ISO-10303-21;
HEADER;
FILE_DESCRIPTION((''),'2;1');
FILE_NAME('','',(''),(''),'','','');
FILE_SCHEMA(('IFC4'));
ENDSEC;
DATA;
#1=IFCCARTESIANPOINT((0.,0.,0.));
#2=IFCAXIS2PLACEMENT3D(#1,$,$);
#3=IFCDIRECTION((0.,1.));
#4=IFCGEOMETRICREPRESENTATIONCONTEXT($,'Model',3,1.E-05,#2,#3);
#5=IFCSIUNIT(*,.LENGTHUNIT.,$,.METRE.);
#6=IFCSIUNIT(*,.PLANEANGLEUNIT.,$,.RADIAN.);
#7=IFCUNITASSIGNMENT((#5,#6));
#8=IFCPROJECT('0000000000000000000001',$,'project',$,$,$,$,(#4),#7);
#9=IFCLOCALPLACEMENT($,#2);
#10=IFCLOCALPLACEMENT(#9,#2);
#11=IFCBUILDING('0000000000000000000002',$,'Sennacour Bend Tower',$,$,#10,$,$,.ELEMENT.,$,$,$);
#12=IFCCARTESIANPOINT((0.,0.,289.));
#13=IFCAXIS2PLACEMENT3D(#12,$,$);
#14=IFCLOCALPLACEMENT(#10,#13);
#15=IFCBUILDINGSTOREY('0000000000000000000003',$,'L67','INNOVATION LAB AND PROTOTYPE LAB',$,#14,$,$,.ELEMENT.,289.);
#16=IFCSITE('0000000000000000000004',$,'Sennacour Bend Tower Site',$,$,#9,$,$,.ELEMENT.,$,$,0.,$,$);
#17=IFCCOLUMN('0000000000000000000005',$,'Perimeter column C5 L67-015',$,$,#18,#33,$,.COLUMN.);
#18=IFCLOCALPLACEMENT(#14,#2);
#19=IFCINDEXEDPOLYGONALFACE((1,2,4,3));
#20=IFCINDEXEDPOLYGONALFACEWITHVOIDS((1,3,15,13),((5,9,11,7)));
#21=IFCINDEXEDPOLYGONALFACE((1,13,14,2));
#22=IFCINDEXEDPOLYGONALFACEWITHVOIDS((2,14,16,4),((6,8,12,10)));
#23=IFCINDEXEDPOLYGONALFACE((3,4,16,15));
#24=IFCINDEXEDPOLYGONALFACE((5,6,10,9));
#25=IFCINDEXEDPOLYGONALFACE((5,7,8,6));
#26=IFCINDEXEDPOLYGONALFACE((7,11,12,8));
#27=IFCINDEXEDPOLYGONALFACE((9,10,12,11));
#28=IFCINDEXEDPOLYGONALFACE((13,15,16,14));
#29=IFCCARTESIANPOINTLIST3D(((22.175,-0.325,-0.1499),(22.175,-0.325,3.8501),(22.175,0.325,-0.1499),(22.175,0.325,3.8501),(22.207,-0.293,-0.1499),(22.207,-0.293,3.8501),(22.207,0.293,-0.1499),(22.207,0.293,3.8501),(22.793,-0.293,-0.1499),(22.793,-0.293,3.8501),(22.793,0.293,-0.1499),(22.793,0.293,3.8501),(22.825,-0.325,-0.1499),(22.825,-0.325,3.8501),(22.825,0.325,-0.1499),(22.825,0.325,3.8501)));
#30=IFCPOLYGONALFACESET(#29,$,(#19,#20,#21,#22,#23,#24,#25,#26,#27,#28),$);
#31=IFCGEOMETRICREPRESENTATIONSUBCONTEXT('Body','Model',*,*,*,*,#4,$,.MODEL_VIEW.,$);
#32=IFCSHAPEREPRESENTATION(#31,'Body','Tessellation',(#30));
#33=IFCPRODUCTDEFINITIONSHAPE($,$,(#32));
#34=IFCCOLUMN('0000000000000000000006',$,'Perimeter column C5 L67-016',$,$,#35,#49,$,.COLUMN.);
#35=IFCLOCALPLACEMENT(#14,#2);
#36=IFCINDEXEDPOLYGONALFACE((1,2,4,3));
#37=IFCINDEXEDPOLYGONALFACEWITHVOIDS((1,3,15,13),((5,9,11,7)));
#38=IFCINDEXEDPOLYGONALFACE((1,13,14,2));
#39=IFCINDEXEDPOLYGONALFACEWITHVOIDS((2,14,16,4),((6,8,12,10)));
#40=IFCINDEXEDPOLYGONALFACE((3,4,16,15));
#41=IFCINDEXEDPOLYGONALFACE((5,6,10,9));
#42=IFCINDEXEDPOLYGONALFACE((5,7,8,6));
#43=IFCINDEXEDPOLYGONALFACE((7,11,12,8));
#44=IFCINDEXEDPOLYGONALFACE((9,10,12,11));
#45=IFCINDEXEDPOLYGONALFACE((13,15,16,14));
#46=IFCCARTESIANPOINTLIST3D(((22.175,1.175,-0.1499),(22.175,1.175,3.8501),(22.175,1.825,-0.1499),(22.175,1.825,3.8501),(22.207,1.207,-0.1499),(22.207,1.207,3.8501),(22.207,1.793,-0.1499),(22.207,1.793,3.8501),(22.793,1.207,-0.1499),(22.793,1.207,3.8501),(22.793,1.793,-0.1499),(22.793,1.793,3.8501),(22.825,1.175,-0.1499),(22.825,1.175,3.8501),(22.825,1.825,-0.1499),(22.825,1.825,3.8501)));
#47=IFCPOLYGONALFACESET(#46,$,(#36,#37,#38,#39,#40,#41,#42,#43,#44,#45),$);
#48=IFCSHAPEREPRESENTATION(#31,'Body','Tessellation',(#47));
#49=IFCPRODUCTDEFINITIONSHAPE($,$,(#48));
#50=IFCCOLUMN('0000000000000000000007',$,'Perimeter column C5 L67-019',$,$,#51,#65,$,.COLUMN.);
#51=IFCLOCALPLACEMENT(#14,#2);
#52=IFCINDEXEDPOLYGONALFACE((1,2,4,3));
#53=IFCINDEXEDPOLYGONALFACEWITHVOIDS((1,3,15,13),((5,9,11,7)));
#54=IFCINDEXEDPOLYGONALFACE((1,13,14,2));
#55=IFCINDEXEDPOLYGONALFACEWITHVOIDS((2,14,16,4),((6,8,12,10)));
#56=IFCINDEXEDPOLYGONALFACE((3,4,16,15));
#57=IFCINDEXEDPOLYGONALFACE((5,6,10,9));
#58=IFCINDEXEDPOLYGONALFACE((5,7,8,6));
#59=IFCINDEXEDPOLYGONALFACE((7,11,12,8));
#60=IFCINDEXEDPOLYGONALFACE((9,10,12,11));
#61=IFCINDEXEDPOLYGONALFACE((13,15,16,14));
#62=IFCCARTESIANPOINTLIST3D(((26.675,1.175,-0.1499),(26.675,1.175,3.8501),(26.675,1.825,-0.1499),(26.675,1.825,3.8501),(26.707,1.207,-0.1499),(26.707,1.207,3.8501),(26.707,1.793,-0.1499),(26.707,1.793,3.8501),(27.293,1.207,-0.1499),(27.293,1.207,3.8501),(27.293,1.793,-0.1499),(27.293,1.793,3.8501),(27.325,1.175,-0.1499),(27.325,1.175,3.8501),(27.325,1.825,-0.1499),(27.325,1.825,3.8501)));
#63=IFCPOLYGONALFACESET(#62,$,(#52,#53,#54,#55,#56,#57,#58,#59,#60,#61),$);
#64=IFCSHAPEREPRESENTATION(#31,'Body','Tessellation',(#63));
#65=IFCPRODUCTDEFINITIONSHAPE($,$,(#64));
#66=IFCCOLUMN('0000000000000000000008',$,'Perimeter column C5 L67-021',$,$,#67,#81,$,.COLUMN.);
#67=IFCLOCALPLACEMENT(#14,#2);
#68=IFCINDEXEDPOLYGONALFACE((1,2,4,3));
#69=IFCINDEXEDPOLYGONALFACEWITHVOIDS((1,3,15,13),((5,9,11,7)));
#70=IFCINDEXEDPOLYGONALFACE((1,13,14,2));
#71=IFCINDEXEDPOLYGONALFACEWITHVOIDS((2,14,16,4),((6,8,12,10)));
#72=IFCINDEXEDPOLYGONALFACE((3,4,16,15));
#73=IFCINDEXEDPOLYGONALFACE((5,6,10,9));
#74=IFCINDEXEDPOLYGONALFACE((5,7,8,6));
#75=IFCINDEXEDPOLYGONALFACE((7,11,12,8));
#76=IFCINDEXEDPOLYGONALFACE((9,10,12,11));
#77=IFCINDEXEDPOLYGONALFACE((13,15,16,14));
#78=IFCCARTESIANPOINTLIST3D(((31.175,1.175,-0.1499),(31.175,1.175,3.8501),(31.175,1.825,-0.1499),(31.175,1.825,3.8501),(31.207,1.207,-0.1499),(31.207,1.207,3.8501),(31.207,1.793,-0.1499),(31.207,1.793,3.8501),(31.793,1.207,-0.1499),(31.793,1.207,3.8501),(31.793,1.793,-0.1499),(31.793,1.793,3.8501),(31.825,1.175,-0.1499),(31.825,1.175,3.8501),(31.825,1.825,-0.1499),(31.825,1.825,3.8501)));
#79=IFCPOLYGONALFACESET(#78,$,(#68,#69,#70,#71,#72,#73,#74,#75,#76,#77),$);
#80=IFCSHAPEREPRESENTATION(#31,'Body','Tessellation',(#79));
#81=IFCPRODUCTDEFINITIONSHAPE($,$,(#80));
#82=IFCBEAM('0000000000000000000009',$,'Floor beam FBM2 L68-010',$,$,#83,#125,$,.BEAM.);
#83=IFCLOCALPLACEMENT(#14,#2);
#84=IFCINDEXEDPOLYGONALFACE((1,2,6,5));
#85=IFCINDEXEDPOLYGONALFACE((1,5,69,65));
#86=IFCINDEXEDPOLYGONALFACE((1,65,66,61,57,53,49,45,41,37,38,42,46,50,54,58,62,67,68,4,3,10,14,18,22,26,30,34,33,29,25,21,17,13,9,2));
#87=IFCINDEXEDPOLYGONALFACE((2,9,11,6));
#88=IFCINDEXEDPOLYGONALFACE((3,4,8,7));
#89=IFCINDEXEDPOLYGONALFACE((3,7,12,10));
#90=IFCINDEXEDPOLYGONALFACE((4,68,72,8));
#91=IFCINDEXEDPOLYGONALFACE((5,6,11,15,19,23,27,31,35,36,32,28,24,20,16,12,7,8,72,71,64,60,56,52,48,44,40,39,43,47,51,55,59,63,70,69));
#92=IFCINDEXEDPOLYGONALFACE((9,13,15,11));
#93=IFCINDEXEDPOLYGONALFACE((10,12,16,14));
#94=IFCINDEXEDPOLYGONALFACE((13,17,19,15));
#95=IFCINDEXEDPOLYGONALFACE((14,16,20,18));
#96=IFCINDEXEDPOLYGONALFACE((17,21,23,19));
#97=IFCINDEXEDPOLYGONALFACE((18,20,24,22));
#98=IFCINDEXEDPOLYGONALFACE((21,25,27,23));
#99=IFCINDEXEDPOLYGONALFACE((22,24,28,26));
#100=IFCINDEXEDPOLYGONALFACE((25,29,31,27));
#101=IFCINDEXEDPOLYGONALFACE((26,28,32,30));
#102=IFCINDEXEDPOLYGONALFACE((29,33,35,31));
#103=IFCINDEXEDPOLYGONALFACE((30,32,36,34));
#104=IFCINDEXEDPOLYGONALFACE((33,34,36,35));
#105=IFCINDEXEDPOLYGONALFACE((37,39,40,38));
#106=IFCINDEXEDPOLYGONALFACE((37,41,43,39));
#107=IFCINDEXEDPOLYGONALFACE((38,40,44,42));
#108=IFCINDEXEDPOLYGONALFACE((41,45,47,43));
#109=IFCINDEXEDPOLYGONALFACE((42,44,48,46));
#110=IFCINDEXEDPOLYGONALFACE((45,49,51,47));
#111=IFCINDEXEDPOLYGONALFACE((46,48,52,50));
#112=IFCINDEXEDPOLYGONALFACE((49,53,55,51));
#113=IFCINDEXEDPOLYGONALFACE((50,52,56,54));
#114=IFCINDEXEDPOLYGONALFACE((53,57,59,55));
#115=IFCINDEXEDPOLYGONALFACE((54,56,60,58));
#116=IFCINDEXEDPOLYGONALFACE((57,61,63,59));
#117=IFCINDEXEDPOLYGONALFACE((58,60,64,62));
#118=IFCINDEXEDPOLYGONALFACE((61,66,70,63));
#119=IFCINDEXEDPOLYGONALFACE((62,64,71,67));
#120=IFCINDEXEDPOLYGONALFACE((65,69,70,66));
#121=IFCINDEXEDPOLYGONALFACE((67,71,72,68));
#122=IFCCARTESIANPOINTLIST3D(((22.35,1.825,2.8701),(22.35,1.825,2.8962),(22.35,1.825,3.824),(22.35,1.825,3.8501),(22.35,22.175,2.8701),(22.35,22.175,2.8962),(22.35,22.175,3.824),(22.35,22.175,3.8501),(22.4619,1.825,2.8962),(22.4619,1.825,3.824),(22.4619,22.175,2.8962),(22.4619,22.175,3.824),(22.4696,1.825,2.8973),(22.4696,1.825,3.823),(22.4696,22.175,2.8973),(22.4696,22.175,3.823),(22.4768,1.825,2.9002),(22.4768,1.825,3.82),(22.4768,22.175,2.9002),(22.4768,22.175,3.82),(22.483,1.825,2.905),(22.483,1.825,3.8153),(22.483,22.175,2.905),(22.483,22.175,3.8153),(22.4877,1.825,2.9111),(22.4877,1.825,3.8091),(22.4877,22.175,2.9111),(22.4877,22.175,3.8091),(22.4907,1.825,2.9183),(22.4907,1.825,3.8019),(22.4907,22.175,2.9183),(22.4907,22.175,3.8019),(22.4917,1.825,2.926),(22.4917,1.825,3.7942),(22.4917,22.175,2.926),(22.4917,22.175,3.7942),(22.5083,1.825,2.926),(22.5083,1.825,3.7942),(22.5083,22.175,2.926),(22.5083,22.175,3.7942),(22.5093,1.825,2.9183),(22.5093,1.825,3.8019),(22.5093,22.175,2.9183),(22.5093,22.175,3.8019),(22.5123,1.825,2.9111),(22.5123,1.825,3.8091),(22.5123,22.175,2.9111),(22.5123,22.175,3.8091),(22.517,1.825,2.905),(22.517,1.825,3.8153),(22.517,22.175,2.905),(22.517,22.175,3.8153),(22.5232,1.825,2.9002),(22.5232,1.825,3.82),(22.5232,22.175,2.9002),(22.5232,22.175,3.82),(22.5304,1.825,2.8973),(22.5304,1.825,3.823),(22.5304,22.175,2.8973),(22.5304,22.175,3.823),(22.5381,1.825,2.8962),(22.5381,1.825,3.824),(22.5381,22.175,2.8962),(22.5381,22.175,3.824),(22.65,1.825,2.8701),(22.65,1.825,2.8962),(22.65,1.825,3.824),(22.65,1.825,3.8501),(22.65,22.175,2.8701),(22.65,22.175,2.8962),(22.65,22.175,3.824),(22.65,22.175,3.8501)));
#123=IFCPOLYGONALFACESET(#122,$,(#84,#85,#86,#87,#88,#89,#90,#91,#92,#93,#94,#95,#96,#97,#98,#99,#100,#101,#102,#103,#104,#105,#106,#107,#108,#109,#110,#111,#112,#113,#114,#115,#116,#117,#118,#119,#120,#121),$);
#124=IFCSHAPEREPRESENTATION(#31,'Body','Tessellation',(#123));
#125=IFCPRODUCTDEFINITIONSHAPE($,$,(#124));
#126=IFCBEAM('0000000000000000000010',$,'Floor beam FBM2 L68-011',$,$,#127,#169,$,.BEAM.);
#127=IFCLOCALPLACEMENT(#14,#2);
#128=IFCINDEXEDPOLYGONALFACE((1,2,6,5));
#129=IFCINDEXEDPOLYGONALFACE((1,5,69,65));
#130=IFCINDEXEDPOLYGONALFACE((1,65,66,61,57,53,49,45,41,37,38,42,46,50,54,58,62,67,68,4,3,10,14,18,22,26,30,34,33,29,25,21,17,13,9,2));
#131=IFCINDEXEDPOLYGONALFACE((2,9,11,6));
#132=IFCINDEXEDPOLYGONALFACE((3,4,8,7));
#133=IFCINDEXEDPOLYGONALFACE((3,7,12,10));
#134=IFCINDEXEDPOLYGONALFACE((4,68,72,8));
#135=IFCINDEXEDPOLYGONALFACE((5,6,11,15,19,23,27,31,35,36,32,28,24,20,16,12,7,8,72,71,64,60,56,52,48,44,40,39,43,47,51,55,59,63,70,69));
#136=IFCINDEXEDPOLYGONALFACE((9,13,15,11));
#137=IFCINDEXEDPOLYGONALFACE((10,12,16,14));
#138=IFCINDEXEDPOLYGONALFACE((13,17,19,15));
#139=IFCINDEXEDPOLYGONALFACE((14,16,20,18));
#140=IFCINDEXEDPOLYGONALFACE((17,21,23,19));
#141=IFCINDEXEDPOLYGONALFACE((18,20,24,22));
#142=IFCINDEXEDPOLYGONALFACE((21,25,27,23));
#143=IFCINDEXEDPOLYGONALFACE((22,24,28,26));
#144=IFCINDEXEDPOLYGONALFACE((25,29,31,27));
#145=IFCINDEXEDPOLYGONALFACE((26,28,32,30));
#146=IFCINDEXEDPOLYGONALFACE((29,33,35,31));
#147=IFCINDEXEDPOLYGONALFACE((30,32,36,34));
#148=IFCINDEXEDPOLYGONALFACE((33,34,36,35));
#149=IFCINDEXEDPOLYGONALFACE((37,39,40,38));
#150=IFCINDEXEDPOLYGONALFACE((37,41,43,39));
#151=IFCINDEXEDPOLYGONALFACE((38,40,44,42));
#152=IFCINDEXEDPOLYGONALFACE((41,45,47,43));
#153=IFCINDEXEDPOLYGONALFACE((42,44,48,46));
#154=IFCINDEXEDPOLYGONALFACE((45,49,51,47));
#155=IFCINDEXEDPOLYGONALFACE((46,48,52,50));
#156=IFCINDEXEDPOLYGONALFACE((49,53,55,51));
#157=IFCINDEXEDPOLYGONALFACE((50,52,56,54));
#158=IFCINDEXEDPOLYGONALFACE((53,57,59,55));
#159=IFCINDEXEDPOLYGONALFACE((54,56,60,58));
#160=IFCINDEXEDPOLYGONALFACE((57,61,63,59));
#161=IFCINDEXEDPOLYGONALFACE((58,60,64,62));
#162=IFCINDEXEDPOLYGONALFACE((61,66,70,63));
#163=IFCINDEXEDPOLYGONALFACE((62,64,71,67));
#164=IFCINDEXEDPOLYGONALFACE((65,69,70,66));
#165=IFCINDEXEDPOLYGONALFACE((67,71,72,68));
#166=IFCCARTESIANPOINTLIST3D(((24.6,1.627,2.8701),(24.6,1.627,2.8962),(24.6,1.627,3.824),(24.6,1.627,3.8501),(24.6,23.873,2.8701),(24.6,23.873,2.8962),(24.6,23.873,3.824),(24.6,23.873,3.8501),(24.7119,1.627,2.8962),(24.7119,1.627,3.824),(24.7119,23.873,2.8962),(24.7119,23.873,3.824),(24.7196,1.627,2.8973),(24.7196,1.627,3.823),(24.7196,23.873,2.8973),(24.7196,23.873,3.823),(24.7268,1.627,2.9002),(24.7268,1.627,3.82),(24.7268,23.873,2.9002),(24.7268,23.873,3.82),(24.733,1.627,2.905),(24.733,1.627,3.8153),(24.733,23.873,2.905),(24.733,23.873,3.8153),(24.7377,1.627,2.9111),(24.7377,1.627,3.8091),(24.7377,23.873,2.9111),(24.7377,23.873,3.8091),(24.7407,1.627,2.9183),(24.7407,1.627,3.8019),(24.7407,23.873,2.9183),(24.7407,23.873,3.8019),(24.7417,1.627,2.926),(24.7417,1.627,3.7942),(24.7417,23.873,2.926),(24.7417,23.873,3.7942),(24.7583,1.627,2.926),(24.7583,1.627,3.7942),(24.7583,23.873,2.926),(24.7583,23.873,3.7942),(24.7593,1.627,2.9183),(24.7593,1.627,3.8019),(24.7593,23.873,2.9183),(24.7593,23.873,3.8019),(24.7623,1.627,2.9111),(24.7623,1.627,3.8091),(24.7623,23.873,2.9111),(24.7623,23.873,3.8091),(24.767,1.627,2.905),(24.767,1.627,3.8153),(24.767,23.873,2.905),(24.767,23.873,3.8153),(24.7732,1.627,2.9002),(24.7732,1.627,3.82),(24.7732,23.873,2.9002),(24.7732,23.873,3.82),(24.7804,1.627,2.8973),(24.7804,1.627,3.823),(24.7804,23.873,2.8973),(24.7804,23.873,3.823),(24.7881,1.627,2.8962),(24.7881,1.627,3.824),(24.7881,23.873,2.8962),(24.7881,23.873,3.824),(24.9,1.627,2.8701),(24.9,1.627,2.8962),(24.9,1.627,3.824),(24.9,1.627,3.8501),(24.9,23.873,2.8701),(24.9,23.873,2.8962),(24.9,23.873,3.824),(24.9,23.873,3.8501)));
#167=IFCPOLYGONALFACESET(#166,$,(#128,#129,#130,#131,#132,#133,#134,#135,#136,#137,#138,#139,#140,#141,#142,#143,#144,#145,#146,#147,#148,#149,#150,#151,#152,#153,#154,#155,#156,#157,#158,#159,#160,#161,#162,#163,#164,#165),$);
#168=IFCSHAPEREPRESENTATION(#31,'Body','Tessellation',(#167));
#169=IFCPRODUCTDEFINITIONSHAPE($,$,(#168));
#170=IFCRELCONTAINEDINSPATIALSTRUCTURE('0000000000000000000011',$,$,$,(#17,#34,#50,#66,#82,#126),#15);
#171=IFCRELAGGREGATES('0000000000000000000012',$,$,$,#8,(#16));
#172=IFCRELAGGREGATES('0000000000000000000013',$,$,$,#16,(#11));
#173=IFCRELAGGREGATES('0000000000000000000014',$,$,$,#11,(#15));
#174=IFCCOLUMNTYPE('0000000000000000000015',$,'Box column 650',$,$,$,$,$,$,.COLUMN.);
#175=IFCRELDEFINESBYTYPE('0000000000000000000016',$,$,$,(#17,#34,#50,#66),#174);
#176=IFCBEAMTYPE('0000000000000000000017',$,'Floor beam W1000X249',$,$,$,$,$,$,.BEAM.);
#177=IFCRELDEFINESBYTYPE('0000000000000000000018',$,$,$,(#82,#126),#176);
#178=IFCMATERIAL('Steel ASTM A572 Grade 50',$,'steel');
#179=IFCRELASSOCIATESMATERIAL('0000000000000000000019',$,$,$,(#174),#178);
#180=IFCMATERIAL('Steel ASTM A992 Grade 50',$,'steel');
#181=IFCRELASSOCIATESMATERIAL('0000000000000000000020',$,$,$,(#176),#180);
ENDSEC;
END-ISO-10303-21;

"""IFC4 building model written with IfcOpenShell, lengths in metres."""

from ifc_helpers import new_model, si_unit, direction, frame, origin, origin_2d, place, context, subcontext, project, spatial, hollow_rectangle, i_section, extrude, material, material_profile, profile_set, type_object, element, save


model = new_model("IFC4")

# Units and contexts
model_context = context("Model", 3, precision=1e-05, world=origin(), true_north=direction((0.0, 1.0)))
body_context = subcontext(model_context, "Body", "Model", "MODEL_VIEW")
ifc_project = project(units=[si_unit("LENGTHUNIT", "METRE"), si_unit("PLANEANGLEUNIT", "RADIAN")], contexts=[model_context])

# Site, building, storey
site_placement = place(None, origin())
site = spatial("IfcSite", under=ifc_project, at=site_placement, Name="Sennacour Bend Tower Site", CompositionType="ELEMENT", RefElevation=0.0)
building_placement = place(site_placement, origin())
building = spatial("IfcBuilding", under=site, at=building_placement, Name="Sennacour Bend Tower", CompositionType="ELEMENT")
storey_placement = place(building_placement, frame((0.0, 0.0, 289.0)))
storey = spatial("IfcBuildingStorey", under=building, at=storey_placement, Name="L67", Description="INNOVATION LAB AND PROTOTYPE LAB", CompositionType="ELEMENT", Elevation=289.0)

# Columns
ifc_material_1 = material(Name="Steel ASTM A572 Grade 50", Category="steel")
ifc_material_profile_1 = material_profile(ifc_material_1, hollow_rectangle(XDim=0.6499, YDim=0.6499, WallThickness=0.032, at=origin_2d()), Name="Steel ASTM A572 Grade 50", Category="steel")
ifc_profile_set_1 = profile_set([ifc_material_profile_1], Name="Steel ASTM A572 Grade 50")
column_type = type_object("IfcColumnType", Name="Box column 650", PredefinedType="COLUMN", material=ifc_profile_set_1)
for number, where, z_axis, x_axis, name in (
    (1, (22.5, 0.0, -0.1499), (0.0, 0.0, 1.0), (1.0, 0.0, 0.0), "Perimeter column C5 L67-015"),
    (2, (22.5, 1.5, -0.1499), (0.0, 0.0, 1.0), (1.0, 0.0, 0.0), "Perimeter column C5 L67-016"),
    (3, (27.0, 1.5, -0.1499), (0.0, 0.0, 1.0), (1.0, 0.0, 0.0), "Perimeter column C5 L67-019"),
    (4, (31.5, 1.5, -0.1499), (0.0, 0.0, 1.0), (1.0, 0.0, 0.0), "Perimeter column C5 L67-021"),
):
    element("IfcColumn", number, at=place(storey_placement, frame(where, z_axis=z_axis, x_axis=x_axis)), inside=storey, type_object=column_type, Name=name, PredefinedType="COLUMN", context=body_context, shape_type="SweptSolid", body=[
        extrude(hollow_rectangle(XDim=0.6499, YDim=0.6499, WallThickness=0.032, at=origin_2d()), origin(), (0.0, 0.0, 1.0), 4.0),
    ])

# Beams
ifc_material_2 = material(Name="Steel ASTM A992 Grade 50", Category="steel")
ifc_material_profile_2 = material_profile(ifc_material_2, i_section(OverallWidth=0.3, OverallDepth=0.98, WebThickness=0.0166, FlangeThickness=0.0261, FilletRadius=0.0298, at=origin_2d()), Name="Steel ASTM A992 Grade 50", Category="steel")
ifc_profile_set_2 = profile_set([ifc_material_profile_2], Name="Steel ASTM A992 Grade 50")
beam_type_1 = type_object("IfcBeamType", Name="Floor beam W1000X249", PredefinedType="BEAM", material=ifc_profile_set_2)
beam_1_placement = place(storey_placement, frame((22.5, 1.825, 3.3601), z_axis=(0.0, 1.0, 0.0), x_axis=(-1.0, 0.0, 0.0)))
element("IfcBeam", 5, at=beam_1_placement, inside=storey, type_object=beam_type_1, Name="Floor beam FBM2 L68-010", PredefinedType="BEAM", context=body_context, shape_type="SweptSolid", body=[
    extrude(i_section(OverallWidth=0.3, OverallDepth=0.98, WebThickness=0.0166, FlangeThickness=0.0261, FilletRadius=0.0298, at=origin_2d()), origin(), (0.0, 0.0, 1.0), 20.3501),
])
for number, where, z_axis, x_axis, name in (
    (6, (24.75, 1.627, 3.3601), (0.0, 1.0, 0.0), (-1.0, 0.0, 0.0), "Floor beam FBM2 L68-011"),
):
    element("IfcBeam", number, at=place(storey_placement, frame(where, z_axis=z_axis, x_axis=x_axis)), inside=storey, type_object=beam_type_1, Name=name, PredefinedType="BEAM", context=body_context, shape_type="SweptSolid", body=[
        extrude(i_section(OverallWidth=0.3, OverallDepth=0.98, WebThickness=0.0166, FlangeThickness=0.0261, FilletRadius=0.0298, at=origin_2d()), origin(), (0.0, 0.0, 1.0), 22.2461),
    ])

save(model, "model.ifc")
